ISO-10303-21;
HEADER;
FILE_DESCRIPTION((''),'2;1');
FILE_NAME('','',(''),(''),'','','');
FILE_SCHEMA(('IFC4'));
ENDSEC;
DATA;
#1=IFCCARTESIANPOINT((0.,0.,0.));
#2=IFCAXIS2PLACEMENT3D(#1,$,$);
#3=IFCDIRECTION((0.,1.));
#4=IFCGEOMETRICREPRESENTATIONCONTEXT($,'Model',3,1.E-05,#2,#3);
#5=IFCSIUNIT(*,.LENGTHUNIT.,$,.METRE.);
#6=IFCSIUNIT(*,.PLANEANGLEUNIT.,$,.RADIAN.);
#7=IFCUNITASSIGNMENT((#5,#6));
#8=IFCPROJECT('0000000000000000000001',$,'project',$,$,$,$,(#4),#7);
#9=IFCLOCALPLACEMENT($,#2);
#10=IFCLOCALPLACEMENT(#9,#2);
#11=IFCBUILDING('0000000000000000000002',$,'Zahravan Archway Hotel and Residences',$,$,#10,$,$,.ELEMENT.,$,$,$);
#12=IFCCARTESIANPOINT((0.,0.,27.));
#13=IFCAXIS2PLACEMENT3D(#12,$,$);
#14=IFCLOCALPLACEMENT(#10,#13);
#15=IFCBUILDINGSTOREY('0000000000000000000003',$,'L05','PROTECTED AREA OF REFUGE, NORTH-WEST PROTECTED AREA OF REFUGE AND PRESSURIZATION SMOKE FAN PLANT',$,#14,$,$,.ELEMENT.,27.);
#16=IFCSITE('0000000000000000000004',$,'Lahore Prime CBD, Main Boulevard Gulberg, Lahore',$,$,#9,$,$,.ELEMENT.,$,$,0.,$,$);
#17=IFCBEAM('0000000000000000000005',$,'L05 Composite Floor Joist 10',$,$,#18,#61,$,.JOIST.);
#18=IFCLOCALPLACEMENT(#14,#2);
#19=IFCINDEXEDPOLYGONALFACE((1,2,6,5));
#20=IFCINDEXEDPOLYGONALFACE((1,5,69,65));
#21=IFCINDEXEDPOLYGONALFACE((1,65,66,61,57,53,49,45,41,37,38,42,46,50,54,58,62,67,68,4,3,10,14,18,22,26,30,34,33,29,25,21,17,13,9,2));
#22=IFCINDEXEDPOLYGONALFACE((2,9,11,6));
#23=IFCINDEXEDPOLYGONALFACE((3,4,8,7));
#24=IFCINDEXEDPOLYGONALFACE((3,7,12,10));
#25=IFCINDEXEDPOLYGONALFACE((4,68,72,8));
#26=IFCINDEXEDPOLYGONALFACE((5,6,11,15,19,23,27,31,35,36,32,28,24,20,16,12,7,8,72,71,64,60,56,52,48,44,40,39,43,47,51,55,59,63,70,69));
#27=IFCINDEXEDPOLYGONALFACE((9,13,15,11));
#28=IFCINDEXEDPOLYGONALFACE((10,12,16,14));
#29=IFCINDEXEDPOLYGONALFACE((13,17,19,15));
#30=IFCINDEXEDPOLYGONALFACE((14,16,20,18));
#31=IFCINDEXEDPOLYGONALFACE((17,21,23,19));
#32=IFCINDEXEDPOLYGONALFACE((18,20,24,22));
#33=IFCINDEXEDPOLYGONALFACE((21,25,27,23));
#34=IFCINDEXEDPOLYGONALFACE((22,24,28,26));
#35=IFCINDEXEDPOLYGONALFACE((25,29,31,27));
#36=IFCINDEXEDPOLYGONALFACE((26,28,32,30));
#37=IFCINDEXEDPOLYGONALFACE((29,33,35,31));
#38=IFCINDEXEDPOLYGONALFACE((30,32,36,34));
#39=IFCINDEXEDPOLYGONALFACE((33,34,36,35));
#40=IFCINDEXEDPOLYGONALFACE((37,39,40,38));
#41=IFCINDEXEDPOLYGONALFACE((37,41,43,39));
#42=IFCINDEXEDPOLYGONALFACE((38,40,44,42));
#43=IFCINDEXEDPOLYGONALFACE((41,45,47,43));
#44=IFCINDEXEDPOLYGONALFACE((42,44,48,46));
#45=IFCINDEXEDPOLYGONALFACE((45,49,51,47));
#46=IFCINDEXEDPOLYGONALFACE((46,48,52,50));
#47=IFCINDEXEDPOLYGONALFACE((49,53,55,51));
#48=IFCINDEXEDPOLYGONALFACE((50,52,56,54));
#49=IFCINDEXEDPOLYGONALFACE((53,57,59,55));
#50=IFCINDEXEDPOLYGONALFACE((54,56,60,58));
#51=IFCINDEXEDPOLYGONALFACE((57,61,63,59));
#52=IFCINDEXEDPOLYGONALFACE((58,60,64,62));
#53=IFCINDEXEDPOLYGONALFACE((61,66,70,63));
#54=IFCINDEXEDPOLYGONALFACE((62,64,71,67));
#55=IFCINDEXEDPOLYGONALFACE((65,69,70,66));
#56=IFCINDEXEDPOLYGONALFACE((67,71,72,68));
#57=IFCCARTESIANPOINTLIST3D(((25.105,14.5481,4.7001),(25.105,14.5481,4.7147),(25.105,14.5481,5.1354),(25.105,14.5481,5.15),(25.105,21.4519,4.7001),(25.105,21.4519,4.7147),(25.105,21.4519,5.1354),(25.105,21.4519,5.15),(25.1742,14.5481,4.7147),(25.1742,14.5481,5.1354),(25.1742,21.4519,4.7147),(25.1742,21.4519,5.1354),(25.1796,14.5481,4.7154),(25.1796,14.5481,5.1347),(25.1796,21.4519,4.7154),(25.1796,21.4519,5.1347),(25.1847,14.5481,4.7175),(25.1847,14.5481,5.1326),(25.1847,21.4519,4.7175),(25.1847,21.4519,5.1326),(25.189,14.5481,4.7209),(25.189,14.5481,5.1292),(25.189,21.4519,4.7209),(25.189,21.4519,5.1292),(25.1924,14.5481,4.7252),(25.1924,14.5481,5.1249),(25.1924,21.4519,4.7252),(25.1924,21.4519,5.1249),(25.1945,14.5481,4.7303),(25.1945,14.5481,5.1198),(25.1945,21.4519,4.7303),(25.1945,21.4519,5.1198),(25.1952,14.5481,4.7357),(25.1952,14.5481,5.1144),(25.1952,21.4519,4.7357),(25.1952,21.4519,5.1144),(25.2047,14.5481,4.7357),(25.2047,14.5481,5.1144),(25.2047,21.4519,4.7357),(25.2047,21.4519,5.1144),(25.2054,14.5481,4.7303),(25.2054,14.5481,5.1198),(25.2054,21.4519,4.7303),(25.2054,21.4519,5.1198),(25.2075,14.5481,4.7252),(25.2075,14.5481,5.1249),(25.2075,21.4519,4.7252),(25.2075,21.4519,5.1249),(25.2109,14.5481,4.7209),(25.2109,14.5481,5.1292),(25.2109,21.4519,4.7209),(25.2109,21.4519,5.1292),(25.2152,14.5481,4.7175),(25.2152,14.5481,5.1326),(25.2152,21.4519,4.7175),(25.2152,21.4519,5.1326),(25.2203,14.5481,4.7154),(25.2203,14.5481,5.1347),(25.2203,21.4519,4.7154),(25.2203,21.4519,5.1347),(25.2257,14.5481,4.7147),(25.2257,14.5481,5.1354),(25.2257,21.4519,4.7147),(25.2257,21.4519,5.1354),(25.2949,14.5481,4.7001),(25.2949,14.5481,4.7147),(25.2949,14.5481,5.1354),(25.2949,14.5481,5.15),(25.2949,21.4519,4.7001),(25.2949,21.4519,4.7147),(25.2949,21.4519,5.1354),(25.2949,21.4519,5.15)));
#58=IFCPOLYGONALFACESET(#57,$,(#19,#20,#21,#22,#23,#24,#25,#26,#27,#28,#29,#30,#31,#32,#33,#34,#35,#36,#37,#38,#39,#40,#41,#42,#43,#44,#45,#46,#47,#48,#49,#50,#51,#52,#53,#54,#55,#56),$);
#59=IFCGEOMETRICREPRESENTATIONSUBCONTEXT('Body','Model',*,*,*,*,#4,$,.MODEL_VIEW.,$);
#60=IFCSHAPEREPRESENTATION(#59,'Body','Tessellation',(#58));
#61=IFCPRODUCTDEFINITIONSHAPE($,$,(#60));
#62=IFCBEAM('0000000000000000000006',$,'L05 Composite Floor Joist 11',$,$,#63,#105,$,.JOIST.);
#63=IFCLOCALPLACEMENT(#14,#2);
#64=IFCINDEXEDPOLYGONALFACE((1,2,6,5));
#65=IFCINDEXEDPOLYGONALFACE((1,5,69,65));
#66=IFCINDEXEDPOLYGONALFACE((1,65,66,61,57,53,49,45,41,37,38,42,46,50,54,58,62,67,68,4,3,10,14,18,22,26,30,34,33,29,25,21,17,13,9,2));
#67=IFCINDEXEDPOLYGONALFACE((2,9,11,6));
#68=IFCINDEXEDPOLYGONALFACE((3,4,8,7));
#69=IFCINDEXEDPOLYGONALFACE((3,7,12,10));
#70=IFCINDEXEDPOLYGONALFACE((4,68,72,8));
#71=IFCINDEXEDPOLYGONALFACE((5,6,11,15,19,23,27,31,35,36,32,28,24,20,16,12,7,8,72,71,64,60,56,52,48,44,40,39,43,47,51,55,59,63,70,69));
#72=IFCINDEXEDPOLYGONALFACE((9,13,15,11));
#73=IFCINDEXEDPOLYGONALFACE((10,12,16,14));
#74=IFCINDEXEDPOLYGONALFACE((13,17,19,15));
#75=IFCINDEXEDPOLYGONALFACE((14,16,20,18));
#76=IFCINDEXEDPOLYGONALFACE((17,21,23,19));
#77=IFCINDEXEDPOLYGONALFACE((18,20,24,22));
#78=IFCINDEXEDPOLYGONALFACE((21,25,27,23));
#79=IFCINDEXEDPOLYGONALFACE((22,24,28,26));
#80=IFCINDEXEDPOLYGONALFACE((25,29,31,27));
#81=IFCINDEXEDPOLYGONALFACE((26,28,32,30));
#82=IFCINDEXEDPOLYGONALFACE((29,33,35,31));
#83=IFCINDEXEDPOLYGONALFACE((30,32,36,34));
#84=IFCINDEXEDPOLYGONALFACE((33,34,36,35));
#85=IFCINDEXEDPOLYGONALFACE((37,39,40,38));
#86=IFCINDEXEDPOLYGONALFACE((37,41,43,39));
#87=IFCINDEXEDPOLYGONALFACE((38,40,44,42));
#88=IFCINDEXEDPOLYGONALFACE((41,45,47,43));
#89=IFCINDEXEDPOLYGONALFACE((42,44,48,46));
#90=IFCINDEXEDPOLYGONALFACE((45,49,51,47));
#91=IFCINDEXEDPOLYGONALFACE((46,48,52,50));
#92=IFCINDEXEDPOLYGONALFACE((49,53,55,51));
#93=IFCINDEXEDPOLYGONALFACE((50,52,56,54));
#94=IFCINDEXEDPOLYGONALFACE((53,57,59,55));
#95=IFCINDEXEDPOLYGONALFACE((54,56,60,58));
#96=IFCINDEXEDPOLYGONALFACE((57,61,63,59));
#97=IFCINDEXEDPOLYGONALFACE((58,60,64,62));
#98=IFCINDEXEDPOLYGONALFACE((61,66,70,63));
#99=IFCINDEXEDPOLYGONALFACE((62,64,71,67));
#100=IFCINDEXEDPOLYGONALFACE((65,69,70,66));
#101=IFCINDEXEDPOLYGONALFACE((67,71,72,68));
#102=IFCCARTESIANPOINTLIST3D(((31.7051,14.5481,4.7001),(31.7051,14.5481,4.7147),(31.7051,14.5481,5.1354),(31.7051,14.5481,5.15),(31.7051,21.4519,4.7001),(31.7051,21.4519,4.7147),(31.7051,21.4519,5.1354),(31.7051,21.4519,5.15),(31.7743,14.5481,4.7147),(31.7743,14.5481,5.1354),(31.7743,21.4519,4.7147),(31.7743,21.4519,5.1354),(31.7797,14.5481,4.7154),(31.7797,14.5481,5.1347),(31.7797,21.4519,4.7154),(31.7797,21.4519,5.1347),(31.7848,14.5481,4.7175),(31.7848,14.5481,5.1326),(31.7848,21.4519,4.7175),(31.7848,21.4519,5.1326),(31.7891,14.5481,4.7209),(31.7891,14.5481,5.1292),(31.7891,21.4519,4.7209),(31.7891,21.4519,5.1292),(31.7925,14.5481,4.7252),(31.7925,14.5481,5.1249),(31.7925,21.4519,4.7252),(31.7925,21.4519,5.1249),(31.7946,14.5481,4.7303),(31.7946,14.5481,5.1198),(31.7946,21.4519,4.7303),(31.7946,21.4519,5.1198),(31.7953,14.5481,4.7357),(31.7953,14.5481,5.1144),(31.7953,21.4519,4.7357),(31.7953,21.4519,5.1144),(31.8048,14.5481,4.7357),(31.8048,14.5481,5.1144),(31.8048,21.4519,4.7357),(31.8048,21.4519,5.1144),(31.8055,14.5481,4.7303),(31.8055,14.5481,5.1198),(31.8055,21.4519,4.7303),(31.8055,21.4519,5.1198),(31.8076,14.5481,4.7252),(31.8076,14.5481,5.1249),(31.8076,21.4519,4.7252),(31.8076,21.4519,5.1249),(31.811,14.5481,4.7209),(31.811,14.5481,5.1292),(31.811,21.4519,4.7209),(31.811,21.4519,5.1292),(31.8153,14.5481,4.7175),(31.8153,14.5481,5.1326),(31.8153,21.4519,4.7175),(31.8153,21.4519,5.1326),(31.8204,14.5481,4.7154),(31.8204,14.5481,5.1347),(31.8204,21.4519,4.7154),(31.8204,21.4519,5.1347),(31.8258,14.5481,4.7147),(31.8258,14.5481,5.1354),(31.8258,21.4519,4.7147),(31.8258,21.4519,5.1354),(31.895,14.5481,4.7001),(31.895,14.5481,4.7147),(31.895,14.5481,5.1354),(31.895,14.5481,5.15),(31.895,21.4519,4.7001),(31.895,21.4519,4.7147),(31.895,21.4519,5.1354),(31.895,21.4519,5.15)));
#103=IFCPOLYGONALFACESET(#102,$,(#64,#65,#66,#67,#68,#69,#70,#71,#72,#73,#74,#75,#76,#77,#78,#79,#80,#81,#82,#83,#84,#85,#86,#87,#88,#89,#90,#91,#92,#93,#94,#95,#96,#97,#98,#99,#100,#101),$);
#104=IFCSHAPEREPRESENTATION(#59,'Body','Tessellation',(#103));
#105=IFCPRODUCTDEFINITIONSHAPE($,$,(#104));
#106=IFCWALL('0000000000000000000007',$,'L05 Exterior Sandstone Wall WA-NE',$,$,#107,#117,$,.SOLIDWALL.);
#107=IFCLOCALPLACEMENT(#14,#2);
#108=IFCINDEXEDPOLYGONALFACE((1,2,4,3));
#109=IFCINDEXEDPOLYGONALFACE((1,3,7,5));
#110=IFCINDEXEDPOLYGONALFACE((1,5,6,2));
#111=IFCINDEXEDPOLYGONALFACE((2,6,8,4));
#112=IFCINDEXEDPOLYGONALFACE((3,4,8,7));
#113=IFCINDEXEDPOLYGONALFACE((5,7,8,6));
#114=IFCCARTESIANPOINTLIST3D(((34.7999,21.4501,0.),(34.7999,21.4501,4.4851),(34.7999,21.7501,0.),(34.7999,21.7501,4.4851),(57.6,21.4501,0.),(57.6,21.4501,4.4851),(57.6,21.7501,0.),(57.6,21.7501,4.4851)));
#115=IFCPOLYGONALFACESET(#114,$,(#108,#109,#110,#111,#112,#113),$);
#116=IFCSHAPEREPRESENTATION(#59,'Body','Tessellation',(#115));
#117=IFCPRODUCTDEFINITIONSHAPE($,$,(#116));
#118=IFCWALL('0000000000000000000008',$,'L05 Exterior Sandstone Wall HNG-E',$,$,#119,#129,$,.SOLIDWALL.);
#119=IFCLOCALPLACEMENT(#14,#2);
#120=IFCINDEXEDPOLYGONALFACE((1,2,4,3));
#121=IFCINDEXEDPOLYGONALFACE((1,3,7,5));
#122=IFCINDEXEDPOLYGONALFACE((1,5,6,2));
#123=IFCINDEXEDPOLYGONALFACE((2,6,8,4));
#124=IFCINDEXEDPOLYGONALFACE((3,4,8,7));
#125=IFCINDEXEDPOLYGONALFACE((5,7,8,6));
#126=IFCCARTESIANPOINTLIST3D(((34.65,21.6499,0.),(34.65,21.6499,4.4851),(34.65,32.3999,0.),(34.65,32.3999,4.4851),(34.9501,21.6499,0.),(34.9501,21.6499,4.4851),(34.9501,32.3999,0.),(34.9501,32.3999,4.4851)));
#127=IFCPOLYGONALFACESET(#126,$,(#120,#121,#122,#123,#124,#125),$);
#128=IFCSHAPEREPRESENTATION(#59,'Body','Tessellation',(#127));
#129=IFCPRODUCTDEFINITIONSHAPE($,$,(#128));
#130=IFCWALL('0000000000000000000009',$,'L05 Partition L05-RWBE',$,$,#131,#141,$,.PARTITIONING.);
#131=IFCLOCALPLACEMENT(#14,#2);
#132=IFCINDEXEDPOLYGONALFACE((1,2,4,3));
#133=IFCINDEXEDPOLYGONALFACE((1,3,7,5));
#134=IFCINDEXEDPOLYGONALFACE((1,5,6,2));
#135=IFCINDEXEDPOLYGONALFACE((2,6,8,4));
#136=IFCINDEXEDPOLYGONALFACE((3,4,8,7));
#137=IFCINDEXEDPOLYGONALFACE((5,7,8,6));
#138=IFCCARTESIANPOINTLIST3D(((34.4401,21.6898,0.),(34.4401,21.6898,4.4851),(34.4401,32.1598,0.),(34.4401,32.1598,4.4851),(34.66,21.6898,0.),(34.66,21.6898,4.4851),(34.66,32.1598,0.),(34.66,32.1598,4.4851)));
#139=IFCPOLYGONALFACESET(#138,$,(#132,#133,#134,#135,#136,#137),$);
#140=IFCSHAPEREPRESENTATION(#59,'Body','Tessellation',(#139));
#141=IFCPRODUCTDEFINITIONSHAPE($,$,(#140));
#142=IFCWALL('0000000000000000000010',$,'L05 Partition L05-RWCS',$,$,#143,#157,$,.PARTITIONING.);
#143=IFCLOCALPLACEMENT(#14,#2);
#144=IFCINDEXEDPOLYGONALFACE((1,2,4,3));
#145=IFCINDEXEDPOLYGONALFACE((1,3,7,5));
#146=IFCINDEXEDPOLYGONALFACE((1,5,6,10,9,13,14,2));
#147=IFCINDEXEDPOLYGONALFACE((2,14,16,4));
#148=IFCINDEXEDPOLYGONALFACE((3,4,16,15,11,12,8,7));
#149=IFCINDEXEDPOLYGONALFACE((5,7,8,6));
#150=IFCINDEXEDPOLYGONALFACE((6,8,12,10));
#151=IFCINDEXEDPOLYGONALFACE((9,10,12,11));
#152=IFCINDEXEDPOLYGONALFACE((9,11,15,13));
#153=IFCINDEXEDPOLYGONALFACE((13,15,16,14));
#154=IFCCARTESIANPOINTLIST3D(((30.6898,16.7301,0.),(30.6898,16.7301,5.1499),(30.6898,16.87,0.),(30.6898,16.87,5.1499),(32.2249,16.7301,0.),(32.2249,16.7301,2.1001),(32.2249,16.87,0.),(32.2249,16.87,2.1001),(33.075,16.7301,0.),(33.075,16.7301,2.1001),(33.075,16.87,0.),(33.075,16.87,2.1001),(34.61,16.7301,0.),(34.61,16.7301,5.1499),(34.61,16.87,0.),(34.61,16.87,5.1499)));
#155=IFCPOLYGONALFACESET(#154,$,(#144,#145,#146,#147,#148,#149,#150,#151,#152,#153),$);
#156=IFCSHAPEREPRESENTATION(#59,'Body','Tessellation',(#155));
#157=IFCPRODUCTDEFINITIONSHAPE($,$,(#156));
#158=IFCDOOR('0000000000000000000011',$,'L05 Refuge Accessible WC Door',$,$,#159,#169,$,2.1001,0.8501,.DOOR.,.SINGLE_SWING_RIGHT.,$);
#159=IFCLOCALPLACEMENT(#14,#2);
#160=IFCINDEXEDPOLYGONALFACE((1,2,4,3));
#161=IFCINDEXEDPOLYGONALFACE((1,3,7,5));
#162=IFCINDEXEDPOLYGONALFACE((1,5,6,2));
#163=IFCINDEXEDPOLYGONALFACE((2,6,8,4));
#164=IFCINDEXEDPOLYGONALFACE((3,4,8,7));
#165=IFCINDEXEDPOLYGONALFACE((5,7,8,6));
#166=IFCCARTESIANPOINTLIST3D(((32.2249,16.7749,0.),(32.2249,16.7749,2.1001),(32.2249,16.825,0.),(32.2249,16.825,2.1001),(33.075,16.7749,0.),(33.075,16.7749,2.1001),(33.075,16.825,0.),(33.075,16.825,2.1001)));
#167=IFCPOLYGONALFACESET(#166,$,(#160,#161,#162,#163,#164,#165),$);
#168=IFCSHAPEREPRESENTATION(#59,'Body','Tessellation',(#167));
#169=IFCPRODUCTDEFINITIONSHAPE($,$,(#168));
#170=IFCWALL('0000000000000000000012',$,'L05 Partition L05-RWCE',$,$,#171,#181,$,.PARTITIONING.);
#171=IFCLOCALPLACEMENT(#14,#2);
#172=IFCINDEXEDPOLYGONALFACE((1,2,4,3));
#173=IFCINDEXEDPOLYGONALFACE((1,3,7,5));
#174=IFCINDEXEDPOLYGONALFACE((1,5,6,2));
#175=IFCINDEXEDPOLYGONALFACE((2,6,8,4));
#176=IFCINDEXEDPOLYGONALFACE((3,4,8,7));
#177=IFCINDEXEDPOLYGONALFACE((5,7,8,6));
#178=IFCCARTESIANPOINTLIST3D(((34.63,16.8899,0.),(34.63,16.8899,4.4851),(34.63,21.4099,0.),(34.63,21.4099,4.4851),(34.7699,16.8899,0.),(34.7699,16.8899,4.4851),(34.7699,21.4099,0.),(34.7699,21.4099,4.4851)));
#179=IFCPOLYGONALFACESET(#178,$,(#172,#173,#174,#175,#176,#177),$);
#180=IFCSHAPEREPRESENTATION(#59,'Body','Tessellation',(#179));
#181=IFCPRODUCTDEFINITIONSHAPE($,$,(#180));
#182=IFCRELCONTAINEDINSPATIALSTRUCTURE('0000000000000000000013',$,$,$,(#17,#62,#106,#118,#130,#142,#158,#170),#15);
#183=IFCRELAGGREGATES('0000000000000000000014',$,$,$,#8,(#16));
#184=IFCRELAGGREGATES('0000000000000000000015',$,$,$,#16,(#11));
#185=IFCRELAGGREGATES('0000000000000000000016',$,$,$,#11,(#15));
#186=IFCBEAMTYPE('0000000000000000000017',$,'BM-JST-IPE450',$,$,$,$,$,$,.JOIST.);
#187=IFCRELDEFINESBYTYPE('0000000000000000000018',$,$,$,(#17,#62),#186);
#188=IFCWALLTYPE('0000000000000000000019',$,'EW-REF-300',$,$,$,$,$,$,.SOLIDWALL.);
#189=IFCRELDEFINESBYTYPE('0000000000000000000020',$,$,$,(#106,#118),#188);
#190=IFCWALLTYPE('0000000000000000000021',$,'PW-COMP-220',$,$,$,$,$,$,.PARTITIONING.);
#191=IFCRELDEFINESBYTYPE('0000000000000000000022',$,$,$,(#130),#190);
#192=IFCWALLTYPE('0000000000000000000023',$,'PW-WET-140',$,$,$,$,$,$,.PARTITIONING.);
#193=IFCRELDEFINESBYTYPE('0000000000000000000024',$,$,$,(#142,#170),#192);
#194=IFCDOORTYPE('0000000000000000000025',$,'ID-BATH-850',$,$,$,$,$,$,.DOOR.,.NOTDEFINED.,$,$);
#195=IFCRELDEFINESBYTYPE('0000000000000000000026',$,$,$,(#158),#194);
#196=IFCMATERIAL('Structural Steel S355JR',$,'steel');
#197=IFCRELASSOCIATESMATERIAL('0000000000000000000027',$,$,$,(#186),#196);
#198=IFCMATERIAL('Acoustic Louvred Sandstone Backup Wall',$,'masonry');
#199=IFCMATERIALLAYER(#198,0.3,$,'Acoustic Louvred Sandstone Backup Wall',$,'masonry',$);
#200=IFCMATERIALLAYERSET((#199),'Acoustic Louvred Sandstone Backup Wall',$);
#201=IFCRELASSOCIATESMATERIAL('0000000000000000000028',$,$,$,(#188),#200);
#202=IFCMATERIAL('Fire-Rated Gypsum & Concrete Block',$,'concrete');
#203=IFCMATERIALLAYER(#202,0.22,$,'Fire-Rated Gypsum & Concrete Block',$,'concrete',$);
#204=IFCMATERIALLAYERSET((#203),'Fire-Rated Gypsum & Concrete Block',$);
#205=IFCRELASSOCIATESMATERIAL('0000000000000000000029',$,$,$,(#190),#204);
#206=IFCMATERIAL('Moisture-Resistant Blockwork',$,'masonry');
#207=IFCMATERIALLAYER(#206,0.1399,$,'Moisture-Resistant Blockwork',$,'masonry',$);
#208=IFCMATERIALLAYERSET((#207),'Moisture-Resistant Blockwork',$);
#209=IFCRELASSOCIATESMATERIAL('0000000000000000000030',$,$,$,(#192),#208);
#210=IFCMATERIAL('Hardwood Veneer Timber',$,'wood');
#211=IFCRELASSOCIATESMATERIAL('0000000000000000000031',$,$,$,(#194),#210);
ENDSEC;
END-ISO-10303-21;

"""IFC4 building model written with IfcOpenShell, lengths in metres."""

from ifc_helpers import new_model, si_unit, direction, frame, frame_2d, origin, origin_2d, place, context, subcontext, project, spatial, rectangle, i_section, extrude, source, transform, mapped, material, layer, layer_set, material_profile, profile_set, type_object, type_shapes, element, fill, save


model = new_model("IFC4")

# Units and contexts
model_context = context("Model", 3, precision=1e-05, world=origin(), true_north=direction((0.0, 1.0)))
body_context = subcontext(model_context, "Body", "Model", "MODEL_VIEW")
ifc_project = project(units=[si_unit("LENGTHUNIT", "METRE"), si_unit("PLANEANGLEUNIT", "RADIAN")], contexts=[model_context])

# Site, building, storey
site_placement = place(None, origin())
site = spatial("IfcSite", under=ifc_project, at=site_placement, Name="Lahore Prime CBD, Main Boulevard Gulberg, Lahore", CompositionType="ELEMENT", RefElevation=0.0)
building_placement = place(site_placement, origin())
building = spatial("IfcBuilding", under=site, at=building_placement, Name="Zahravan Archway Hotel and Residences", CompositionType="ELEMENT")
storey_placement = place(building_placement, frame((0.0, 0.0, 27.0)))
storey = spatial("IfcBuildingStorey", under=building, at=storey_placement, Name="L05", Description="PROTECTED AREA OF REFUGE, NORTH-WEST PROTECTED AREA OF REFUGE AND PRESSURIZATION SMOKE FAN PLANT", CompositionType="ELEMENT", Elevation=27.0)

# Beams
ifc_material_1 = material(Name="Structural Steel S355JR", Category="steel")
ifc_material_profile_1 = material_profile(ifc_material_1, i_section(OverallWidth=0.1899, OverallDepth=0.45, WebThickness=0.0095, FlangeThickness=0.0146, FilletRadius=0.021, at=origin_2d()), Name="IPE 450", Category="steel")
ifc_profile_set_1 = profile_set([ifc_material_profile_1], Name="Structural Steel S355JR")
beam_type_1 = type_object("IfcBeamType", Name="BM-JST-IPE450", PredefinedType="JOIST", material=ifc_profile_set_1)
shared_shape_1 = source(origin(), body_context, "Body", "SweptSolid", [
    extrude(i_section(OverallWidth=0.1899, OverallDepth=0.45, WebThickness=0.0095, FlangeThickness=0.0146, FilletRadius=0.021, at=origin_2d()), origin(), (0.0, 0.0, 1.0), 6.9038),
])
for number, where, z_axis, x_axis, name in (
    (1, (25.2, 14.5481, 4.925), (0.0, 1.0, 0.0), (-1.0, 0.0, 0.0), "L05 Composite Floor Joist 10"),
    (2, (31.8, 14.5481, 4.925), (0.0, 1.0, 0.0), (-1.0, 0.0, 0.0), "L05 Composite Floor Joist 11"),
):
    element("IfcBeam", number, at=place(storey_placement, frame(where, z_axis=z_axis, x_axis=x_axis)), inside=storey, type_object=beam_type_1, Name=name, PredefinedType="JOIST", context=body_context, shape_type="MappedRepresentation", body=[
        mapped(shared_shape_1, transform((0.0, 0.0, 0.0), scale=1.0)),
    ])

# Walls
ifc_material_2 = material(Name="Acoustic Louvred Sandstone Backup Wall", Category="masonry")
ifc_layer_1 = layer(ifc_material_2, 0.3, Name="Acoustic Louvred Sandstone Backup Wall", Category="masonry")
ifc_layer_set_1 = layer_set([ifc_layer_1], Name="Acoustic Louvred Sandstone Backup Wall")
wall_type_1 = type_object("IfcWallType", Name="EW-REF-300", PredefinedType="SOLIDWALL", material=ifc_layer_set_1)
wall_1_placement = place(storey_placement, frame((34.8, 21.6001, 0.0), z_axis=(0.0, 0.0, 1.0), x_axis=(1.0, 0.0, 0.0)))
element("IfcWall", 3, at=wall_1_placement, inside=storey, type_object=wall_type_1, Name="L05 Exterior Sandstone Wall WA-NE", PredefinedType="SOLIDWALL", context=body_context, shape_type="SweptSolid", body=[
    extrude(rectangle(XDim=22.8, YDim=0.3, at=frame_2d((11.3999, 0.0))), origin(), (0.0, 0.0, 1.0), 4.4851),
])
wall_2_placement = place(storey_placement, frame((34.8, 21.6499, 0.0), z_axis=(0.0, 0.0, 1.0), x_axis=(0.0, 1.0, 0.0)))
element("IfcWall", 4, at=wall_2_placement, inside=storey, type_object=wall_type_1, Name="L05 Exterior Sandstone Wall HNG-E", PredefinedType="SOLIDWALL", context=body_context, shape_type="SweptSolid", body=[
    extrude(rectangle(XDim=10.75, YDim=0.3, at=frame_2d((5.375, 0.0))), origin(), (0.0, 0.0, 1.0), 4.4851),
])
ifc_material_3 = material(Name="Fire-Rated Gypsum & Concrete Block", Category="concrete")
ifc_layer_2 = layer(ifc_material_3, 0.22, Name="Fire-Rated Gypsum & Concrete Block", Category="concrete")
ifc_layer_set_2 = layer_set([ifc_layer_2], Name="Fire-Rated Gypsum & Concrete Block")
wall_type_2 = type_object("IfcWallType", Name="PW-COMP-220", PredefinedType="PARTITIONING", material=ifc_layer_set_2)
wall_3_placement = place(storey_placement, frame((34.55, 21.6899, 0.0), z_axis=(0.0, 0.0, 1.0), x_axis=(0.0, 1.0, 0.0)))
element("IfcWall", 5, at=wall_3_placement, inside=storey, type_object=wall_type_2, Name="L05 Partition L05-RWBE", PredefinedType="PARTITIONING", context=body_context, shape_type="SweptSolid", body=[
    extrude(rectangle(XDim=10.47, YDim=0.22, at=frame_2d((5.2349, 0.0))), origin(), (0.0, 0.0, 1.0), 4.4851),
])

# Wall, opening, door
ifc_material_4 = material(Name="Moisture-Resistant Blockwork", Category="masonry")
ifc_layer_3 = layer(ifc_material_4, 0.1399, Name="Moisture-Resistant Blockwork", Category="masonry")
ifc_layer_set_3 = layer_set([ifc_layer_3], Name="Moisture-Resistant Blockwork")
wall_type_3 = type_object("IfcWallType", Name="PW-WET-140", PredefinedType="PARTITIONING", material=ifc_layer_set_3)
wall_4_placement = place(storey_placement, frame((30.6899, 16.8, 0.0), z_axis=(0.0, 0.0, 1.0), x_axis=(1.0, 0.0, 0.0)))
wall_4 = element("IfcWall", 6, at=wall_4_placement, inside=storey, type_object=wall_type_3, Name="L05 Partition L05-RWCS", PredefinedType="PARTITIONING", context=body_context, shape_type="SweptSolid", body=[
    extrude(rectangle(XDim=3.9202, YDim=0.1399, at=frame_2d((1.96, 0.0))), origin(), (0.0, 0.0, 1.0), 5.1499),
])
opening_1_placement = place(wall_4_placement, frame((1.5349, 0.0, 0.0)))
opening_1 = element("IfcOpeningElement", 7, at=opening_1_placement, cuts=wall_4, PredefinedType="OPENING", context=body_context, shape_type="SweptSolid", body=[
    extrude(rectangle(XDim=0.8501, YDim=2.1001, at=frame_2d((0.425, 1.05))), frame((0.0, 0.0801, 0.0), z_axis=(0.0, -1.0, 0.0), x_axis=(1.0, 0.0, 0.0)), (0.0, 0.0, 1.0), 0.1599),
])
ifc_material_5 = material(Name="Hardwood Veneer Timber", Category="wood")
door_type_1 = type_object("IfcDoorType", Name="ID-BATH-850", OperationType="NOTDEFINED", PredefinedType="DOOR", material=ifc_material_5)
shared_shape_2 = source(origin(), body_context, "Body", "SweptSolid", [
    extrude(rectangle(XDim=0.8501, YDim=2.1001, at=frame_2d((0.425, 1.05))), frame((0.0, 0.0249, 0.0), z_axis=(0.0, -1.0, 0.0), x_axis=(1.0, 0.0, 0.0)), (0.0, 0.0, 1.0), 0.05),
])
type_shapes(door_type_1, [shared_shape_2])
door_1_placement = place(opening_1_placement, origin())
door_1 = element("IfcDoor", 8, at=door_1_placement, inside=storey, type_object=door_type_1, Name="L05 Refuge Accessible WC Door", OperationType="SINGLE_SWING_RIGHT", OverallHeight=2.1001, OverallWidth=0.8501, PredefinedType="DOOR", context=body_context, shape_type="MappedRepresentation", body=[
    mapped(shared_shape_2, transform((0.0, 0.0, 0.0), scale=1.0)),
])
fill(opening_1, door_1)

# Wall
wall_5_placement = place(storey_placement, frame((34.7, 16.8899, 0.0), z_axis=(0.0, 0.0, 1.0), x_axis=(0.0, 1.0, 0.0)))
element("IfcWall", 9, at=wall_5_placement, inside=storey, type_object=wall_type_3, Name="L05 Partition L05-RWCE", PredefinedType="PARTITIONING", context=body_context, shape_type="SweptSolid", body=[
    extrude(rectangle(XDim=4.52, YDim=0.1399, at=frame_2d((2.26, 0.0))), origin(), (0.0, 0.0, 1.0), 4.4851),
])

save(model, "model.ifc")
